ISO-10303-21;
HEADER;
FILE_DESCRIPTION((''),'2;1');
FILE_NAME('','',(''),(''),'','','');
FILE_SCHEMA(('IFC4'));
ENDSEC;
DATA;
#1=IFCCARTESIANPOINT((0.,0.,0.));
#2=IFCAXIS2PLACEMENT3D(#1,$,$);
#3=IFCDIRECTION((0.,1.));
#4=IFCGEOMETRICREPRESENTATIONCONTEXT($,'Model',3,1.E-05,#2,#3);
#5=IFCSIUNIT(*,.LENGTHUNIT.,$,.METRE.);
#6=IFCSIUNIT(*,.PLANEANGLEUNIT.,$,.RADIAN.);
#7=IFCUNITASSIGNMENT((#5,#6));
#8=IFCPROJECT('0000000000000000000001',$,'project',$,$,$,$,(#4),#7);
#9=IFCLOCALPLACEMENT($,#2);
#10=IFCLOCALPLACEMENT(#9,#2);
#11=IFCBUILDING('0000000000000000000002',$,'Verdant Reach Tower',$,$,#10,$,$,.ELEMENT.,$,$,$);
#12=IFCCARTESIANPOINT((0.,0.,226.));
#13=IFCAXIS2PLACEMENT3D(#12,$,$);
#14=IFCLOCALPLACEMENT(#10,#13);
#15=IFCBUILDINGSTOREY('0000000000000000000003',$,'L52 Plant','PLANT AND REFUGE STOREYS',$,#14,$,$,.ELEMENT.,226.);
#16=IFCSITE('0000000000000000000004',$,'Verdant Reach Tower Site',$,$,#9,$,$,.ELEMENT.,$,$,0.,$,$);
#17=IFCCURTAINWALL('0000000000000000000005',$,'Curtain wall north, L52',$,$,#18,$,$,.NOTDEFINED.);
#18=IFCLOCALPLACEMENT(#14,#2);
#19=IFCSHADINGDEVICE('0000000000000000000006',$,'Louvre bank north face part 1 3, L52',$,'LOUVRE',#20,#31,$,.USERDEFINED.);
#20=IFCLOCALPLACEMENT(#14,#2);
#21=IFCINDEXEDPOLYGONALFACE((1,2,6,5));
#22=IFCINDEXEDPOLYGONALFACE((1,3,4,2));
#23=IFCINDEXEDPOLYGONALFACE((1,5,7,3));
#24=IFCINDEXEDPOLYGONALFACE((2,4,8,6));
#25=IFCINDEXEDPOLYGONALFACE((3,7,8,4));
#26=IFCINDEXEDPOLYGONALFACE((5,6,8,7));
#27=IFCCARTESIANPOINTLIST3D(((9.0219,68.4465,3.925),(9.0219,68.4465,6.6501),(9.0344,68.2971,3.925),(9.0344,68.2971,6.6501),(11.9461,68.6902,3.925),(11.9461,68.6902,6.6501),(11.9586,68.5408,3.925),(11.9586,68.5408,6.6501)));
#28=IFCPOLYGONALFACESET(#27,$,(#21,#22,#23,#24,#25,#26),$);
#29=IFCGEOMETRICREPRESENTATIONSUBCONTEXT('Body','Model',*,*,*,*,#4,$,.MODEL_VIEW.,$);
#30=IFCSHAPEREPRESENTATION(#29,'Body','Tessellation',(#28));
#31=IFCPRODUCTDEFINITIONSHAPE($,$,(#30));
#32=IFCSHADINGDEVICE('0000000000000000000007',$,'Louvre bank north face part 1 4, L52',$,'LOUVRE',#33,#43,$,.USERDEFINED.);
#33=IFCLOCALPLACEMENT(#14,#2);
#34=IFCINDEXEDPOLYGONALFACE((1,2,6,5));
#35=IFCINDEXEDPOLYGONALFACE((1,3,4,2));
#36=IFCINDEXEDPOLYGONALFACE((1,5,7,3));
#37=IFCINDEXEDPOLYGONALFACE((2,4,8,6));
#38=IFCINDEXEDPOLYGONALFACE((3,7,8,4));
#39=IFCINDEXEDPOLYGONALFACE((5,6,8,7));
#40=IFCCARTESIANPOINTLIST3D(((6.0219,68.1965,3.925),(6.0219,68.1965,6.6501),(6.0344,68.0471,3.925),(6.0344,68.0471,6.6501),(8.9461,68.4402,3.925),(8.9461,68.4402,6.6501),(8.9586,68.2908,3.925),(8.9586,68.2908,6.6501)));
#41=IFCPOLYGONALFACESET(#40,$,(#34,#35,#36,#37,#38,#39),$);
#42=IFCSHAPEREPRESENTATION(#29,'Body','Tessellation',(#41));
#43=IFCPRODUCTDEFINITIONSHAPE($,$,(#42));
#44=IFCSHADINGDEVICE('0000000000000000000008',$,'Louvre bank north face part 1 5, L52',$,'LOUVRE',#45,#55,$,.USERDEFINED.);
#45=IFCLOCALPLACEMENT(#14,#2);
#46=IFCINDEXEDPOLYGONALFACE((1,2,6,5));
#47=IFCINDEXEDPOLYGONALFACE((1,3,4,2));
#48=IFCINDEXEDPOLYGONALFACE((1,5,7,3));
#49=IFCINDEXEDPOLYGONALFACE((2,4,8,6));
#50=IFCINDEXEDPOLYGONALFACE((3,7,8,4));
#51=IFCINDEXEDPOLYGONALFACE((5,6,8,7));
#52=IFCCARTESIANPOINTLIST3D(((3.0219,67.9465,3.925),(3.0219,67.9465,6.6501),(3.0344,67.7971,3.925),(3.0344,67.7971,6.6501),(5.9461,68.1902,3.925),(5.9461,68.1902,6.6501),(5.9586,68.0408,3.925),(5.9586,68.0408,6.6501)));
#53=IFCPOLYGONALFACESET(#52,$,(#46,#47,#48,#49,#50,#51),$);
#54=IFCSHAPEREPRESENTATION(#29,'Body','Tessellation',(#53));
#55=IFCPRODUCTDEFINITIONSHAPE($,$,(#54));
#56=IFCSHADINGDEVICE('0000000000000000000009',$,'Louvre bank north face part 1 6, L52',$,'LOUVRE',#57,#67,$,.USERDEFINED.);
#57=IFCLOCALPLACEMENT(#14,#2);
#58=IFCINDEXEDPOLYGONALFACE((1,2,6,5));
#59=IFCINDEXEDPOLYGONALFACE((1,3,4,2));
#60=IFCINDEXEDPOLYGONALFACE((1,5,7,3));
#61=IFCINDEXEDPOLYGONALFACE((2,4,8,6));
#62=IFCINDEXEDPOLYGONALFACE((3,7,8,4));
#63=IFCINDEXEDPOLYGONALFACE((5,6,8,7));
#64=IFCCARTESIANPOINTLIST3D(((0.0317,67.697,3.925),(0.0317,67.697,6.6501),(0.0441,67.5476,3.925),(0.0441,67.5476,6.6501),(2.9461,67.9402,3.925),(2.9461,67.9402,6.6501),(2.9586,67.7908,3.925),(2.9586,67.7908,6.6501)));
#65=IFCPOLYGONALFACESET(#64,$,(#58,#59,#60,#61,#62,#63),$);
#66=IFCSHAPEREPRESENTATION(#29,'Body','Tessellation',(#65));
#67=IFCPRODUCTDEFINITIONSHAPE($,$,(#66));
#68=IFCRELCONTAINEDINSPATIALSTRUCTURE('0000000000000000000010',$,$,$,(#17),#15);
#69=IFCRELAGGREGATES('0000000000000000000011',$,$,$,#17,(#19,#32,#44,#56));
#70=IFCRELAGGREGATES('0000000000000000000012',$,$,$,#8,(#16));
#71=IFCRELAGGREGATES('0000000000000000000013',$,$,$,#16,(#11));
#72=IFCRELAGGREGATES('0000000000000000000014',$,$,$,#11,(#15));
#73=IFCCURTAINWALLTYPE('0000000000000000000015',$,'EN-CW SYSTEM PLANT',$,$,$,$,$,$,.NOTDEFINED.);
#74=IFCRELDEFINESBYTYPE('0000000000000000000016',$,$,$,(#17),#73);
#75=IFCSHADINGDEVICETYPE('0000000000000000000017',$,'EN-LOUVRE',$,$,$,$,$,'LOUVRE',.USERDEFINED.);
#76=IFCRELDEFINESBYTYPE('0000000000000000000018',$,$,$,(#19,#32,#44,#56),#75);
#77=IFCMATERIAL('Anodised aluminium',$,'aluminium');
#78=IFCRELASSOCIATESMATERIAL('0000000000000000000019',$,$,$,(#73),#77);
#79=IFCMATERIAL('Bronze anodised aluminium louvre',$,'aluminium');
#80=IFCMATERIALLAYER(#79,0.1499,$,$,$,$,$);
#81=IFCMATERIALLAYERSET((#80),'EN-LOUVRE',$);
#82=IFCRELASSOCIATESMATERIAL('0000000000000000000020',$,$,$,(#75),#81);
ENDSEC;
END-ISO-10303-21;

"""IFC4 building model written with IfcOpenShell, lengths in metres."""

from ifc_helpers import new_model, si_unit, direction, frame, origin, origin_2d, place, context, subcontext, project, spatial, rectangle, extrude, material, layer, layer_set, type_object, element, aggregate, save


model = new_model("IFC4")

# Units and contexts
model_context = context("Model", 3, precision=1e-05, world=origin(), true_north=direction((0.0, 1.0)))
body_context = subcontext(model_context, "Body", "Model", "MODEL_VIEW")
ifc_project = project(units=[si_unit("LENGTHUNIT", "METRE"), si_unit("PLANEANGLEUNIT", "RADIAN")], contexts=[model_context])

# Site, building, storey
site_placement = place(None, origin())
site = spatial("IfcSite", under=ifc_project, at=site_placement, Name="Verdant Reach Tower Site", CompositionType="ELEMENT", RefElevation=0.0)
building_placement = place(site_placement, origin())
building = spatial("IfcBuilding", under=site, at=building_placement, Name="Verdant Reach Tower", CompositionType="ELEMENT")
storey_placement = place(building_placement, frame((0.0, 0.0, 226.0)))
storey = spatial("IfcBuildingStorey", under=building, at=storey_placement, Name="L52 Plant", Description="PLANT AND REFUGE STOREYS", CompositionType="ELEMENT", Elevation=226.0)

# Curtain wall
ifc_material_1 = material(Name="Anodised aluminium", Category="aluminium")
curtain_wall_type = type_object("IfcCurtainWallType", Name="EN-CW SYSTEM PLANT", PredefinedType="NOTDEFINED", material=ifc_material_1)
curtain_wall_placement = place(storey_placement, origin())
curtain_wall = element("IfcCurtainWall", 1, at=curtain_wall_placement, inside=storey, type_object=curtain_wall_type, Name="Curtain wall north, L52", PredefinedType="NOTDEFINED")

# Shading devices
ifc_material_2 = material(Name="Bronze anodised aluminium louvre", Category="aluminium")
ifc_layer_1 = layer(ifc_material_2, 0.1499)
ifc_layer_set_1 = layer_set([ifc_layer_1], Name="EN-LOUVRE")
shading_device_type = type_object("IfcShadingDeviceType", Name="EN-LOUVRE", ElementType="LOUVRE", PredefinedType="USERDEFINED", material=ifc_layer_set_1)
shading_device_1_placement = place(storey_placement, frame((10.4902, 68.4937, 3.925), z_axis=(0.0, 0.0, 1.0), x_axis=(-0.996546, -0.083045, 0.0)))
shading_device_1 = element("IfcShadingDevice", 2, at=shading_device_1_placement, type_object=shading_device_type, Name="Louvre bank north face part 1 3, L52", ObjectType="LOUVRE", PredefinedType="USERDEFINED", context=body_context, shape_type="SweptSolid", body=[
    extrude(rectangle(XDim=2.9343, YDim=0.1499, at=origin_2d()), origin(), (0.0, 0.0, 1.0), 2.7251),
])
shading_device_2_placement = place(storey_placement, frame((7.4902, 68.2437, 3.925), z_axis=(0.0, 0.0, 1.0), x_axis=(-0.996546, -0.083045, 0.0)))
shading_device_2 = element("IfcShadingDevice", 3, at=shading_device_2_placement, type_object=shading_device_type, Name="Louvre bank north face part 1 4, L52", ObjectType="LOUVRE", PredefinedType="USERDEFINED", context=body_context, shape_type="SweptSolid", body=[
    extrude(rectangle(XDim=2.9343, YDim=0.1499, at=origin_2d()), origin(), (0.0, 0.0, 1.0), 2.7251),
])
shading_device_3_placement = place(storey_placement, frame((4.4902, 67.9937, 3.925), z_axis=(0.0, 0.0, 1.0), x_axis=(-0.996546, -0.083045, 0.0)))
shading_device_3 = element("IfcShadingDevice", 4, at=shading_device_3_placement, type_object=shading_device_type, Name="Louvre bank north face part 1 5, L52", ObjectType="LOUVRE", PredefinedType="USERDEFINED", context=body_context, shape_type="SweptSolid", body=[
    extrude(rectangle(XDim=2.9343, YDim=0.1499, at=origin_2d()), origin(), (0.0, 0.0, 1.0), 2.7251),
])
shading_device_4_placement = place(storey_placement, frame((1.4951, 67.7439, 3.925), z_axis=(0.0, 0.0, 1.0), x_axis=(-0.996534, -0.083182, 0.0)))
shading_device_4 = element("IfcShadingDevice", 5, at=shading_device_4_placement, type_object=shading_device_type, Name="Louvre bank north face part 1 6, L52", ObjectType="LOUVRE", PredefinedType="USERDEFINED", context=body_context, shape_type="SweptSolid", body=[
    extrude(rectangle(XDim=2.9246, YDim=0.1499, at=origin_2d()), origin(), (0.0, 0.0, 1.0), 2.7251),
])
aggregate(curtain_wall, [shading_device_1, shading_device_2, shading_device_3, shading_device_4])

save(model, "model.ifc")
